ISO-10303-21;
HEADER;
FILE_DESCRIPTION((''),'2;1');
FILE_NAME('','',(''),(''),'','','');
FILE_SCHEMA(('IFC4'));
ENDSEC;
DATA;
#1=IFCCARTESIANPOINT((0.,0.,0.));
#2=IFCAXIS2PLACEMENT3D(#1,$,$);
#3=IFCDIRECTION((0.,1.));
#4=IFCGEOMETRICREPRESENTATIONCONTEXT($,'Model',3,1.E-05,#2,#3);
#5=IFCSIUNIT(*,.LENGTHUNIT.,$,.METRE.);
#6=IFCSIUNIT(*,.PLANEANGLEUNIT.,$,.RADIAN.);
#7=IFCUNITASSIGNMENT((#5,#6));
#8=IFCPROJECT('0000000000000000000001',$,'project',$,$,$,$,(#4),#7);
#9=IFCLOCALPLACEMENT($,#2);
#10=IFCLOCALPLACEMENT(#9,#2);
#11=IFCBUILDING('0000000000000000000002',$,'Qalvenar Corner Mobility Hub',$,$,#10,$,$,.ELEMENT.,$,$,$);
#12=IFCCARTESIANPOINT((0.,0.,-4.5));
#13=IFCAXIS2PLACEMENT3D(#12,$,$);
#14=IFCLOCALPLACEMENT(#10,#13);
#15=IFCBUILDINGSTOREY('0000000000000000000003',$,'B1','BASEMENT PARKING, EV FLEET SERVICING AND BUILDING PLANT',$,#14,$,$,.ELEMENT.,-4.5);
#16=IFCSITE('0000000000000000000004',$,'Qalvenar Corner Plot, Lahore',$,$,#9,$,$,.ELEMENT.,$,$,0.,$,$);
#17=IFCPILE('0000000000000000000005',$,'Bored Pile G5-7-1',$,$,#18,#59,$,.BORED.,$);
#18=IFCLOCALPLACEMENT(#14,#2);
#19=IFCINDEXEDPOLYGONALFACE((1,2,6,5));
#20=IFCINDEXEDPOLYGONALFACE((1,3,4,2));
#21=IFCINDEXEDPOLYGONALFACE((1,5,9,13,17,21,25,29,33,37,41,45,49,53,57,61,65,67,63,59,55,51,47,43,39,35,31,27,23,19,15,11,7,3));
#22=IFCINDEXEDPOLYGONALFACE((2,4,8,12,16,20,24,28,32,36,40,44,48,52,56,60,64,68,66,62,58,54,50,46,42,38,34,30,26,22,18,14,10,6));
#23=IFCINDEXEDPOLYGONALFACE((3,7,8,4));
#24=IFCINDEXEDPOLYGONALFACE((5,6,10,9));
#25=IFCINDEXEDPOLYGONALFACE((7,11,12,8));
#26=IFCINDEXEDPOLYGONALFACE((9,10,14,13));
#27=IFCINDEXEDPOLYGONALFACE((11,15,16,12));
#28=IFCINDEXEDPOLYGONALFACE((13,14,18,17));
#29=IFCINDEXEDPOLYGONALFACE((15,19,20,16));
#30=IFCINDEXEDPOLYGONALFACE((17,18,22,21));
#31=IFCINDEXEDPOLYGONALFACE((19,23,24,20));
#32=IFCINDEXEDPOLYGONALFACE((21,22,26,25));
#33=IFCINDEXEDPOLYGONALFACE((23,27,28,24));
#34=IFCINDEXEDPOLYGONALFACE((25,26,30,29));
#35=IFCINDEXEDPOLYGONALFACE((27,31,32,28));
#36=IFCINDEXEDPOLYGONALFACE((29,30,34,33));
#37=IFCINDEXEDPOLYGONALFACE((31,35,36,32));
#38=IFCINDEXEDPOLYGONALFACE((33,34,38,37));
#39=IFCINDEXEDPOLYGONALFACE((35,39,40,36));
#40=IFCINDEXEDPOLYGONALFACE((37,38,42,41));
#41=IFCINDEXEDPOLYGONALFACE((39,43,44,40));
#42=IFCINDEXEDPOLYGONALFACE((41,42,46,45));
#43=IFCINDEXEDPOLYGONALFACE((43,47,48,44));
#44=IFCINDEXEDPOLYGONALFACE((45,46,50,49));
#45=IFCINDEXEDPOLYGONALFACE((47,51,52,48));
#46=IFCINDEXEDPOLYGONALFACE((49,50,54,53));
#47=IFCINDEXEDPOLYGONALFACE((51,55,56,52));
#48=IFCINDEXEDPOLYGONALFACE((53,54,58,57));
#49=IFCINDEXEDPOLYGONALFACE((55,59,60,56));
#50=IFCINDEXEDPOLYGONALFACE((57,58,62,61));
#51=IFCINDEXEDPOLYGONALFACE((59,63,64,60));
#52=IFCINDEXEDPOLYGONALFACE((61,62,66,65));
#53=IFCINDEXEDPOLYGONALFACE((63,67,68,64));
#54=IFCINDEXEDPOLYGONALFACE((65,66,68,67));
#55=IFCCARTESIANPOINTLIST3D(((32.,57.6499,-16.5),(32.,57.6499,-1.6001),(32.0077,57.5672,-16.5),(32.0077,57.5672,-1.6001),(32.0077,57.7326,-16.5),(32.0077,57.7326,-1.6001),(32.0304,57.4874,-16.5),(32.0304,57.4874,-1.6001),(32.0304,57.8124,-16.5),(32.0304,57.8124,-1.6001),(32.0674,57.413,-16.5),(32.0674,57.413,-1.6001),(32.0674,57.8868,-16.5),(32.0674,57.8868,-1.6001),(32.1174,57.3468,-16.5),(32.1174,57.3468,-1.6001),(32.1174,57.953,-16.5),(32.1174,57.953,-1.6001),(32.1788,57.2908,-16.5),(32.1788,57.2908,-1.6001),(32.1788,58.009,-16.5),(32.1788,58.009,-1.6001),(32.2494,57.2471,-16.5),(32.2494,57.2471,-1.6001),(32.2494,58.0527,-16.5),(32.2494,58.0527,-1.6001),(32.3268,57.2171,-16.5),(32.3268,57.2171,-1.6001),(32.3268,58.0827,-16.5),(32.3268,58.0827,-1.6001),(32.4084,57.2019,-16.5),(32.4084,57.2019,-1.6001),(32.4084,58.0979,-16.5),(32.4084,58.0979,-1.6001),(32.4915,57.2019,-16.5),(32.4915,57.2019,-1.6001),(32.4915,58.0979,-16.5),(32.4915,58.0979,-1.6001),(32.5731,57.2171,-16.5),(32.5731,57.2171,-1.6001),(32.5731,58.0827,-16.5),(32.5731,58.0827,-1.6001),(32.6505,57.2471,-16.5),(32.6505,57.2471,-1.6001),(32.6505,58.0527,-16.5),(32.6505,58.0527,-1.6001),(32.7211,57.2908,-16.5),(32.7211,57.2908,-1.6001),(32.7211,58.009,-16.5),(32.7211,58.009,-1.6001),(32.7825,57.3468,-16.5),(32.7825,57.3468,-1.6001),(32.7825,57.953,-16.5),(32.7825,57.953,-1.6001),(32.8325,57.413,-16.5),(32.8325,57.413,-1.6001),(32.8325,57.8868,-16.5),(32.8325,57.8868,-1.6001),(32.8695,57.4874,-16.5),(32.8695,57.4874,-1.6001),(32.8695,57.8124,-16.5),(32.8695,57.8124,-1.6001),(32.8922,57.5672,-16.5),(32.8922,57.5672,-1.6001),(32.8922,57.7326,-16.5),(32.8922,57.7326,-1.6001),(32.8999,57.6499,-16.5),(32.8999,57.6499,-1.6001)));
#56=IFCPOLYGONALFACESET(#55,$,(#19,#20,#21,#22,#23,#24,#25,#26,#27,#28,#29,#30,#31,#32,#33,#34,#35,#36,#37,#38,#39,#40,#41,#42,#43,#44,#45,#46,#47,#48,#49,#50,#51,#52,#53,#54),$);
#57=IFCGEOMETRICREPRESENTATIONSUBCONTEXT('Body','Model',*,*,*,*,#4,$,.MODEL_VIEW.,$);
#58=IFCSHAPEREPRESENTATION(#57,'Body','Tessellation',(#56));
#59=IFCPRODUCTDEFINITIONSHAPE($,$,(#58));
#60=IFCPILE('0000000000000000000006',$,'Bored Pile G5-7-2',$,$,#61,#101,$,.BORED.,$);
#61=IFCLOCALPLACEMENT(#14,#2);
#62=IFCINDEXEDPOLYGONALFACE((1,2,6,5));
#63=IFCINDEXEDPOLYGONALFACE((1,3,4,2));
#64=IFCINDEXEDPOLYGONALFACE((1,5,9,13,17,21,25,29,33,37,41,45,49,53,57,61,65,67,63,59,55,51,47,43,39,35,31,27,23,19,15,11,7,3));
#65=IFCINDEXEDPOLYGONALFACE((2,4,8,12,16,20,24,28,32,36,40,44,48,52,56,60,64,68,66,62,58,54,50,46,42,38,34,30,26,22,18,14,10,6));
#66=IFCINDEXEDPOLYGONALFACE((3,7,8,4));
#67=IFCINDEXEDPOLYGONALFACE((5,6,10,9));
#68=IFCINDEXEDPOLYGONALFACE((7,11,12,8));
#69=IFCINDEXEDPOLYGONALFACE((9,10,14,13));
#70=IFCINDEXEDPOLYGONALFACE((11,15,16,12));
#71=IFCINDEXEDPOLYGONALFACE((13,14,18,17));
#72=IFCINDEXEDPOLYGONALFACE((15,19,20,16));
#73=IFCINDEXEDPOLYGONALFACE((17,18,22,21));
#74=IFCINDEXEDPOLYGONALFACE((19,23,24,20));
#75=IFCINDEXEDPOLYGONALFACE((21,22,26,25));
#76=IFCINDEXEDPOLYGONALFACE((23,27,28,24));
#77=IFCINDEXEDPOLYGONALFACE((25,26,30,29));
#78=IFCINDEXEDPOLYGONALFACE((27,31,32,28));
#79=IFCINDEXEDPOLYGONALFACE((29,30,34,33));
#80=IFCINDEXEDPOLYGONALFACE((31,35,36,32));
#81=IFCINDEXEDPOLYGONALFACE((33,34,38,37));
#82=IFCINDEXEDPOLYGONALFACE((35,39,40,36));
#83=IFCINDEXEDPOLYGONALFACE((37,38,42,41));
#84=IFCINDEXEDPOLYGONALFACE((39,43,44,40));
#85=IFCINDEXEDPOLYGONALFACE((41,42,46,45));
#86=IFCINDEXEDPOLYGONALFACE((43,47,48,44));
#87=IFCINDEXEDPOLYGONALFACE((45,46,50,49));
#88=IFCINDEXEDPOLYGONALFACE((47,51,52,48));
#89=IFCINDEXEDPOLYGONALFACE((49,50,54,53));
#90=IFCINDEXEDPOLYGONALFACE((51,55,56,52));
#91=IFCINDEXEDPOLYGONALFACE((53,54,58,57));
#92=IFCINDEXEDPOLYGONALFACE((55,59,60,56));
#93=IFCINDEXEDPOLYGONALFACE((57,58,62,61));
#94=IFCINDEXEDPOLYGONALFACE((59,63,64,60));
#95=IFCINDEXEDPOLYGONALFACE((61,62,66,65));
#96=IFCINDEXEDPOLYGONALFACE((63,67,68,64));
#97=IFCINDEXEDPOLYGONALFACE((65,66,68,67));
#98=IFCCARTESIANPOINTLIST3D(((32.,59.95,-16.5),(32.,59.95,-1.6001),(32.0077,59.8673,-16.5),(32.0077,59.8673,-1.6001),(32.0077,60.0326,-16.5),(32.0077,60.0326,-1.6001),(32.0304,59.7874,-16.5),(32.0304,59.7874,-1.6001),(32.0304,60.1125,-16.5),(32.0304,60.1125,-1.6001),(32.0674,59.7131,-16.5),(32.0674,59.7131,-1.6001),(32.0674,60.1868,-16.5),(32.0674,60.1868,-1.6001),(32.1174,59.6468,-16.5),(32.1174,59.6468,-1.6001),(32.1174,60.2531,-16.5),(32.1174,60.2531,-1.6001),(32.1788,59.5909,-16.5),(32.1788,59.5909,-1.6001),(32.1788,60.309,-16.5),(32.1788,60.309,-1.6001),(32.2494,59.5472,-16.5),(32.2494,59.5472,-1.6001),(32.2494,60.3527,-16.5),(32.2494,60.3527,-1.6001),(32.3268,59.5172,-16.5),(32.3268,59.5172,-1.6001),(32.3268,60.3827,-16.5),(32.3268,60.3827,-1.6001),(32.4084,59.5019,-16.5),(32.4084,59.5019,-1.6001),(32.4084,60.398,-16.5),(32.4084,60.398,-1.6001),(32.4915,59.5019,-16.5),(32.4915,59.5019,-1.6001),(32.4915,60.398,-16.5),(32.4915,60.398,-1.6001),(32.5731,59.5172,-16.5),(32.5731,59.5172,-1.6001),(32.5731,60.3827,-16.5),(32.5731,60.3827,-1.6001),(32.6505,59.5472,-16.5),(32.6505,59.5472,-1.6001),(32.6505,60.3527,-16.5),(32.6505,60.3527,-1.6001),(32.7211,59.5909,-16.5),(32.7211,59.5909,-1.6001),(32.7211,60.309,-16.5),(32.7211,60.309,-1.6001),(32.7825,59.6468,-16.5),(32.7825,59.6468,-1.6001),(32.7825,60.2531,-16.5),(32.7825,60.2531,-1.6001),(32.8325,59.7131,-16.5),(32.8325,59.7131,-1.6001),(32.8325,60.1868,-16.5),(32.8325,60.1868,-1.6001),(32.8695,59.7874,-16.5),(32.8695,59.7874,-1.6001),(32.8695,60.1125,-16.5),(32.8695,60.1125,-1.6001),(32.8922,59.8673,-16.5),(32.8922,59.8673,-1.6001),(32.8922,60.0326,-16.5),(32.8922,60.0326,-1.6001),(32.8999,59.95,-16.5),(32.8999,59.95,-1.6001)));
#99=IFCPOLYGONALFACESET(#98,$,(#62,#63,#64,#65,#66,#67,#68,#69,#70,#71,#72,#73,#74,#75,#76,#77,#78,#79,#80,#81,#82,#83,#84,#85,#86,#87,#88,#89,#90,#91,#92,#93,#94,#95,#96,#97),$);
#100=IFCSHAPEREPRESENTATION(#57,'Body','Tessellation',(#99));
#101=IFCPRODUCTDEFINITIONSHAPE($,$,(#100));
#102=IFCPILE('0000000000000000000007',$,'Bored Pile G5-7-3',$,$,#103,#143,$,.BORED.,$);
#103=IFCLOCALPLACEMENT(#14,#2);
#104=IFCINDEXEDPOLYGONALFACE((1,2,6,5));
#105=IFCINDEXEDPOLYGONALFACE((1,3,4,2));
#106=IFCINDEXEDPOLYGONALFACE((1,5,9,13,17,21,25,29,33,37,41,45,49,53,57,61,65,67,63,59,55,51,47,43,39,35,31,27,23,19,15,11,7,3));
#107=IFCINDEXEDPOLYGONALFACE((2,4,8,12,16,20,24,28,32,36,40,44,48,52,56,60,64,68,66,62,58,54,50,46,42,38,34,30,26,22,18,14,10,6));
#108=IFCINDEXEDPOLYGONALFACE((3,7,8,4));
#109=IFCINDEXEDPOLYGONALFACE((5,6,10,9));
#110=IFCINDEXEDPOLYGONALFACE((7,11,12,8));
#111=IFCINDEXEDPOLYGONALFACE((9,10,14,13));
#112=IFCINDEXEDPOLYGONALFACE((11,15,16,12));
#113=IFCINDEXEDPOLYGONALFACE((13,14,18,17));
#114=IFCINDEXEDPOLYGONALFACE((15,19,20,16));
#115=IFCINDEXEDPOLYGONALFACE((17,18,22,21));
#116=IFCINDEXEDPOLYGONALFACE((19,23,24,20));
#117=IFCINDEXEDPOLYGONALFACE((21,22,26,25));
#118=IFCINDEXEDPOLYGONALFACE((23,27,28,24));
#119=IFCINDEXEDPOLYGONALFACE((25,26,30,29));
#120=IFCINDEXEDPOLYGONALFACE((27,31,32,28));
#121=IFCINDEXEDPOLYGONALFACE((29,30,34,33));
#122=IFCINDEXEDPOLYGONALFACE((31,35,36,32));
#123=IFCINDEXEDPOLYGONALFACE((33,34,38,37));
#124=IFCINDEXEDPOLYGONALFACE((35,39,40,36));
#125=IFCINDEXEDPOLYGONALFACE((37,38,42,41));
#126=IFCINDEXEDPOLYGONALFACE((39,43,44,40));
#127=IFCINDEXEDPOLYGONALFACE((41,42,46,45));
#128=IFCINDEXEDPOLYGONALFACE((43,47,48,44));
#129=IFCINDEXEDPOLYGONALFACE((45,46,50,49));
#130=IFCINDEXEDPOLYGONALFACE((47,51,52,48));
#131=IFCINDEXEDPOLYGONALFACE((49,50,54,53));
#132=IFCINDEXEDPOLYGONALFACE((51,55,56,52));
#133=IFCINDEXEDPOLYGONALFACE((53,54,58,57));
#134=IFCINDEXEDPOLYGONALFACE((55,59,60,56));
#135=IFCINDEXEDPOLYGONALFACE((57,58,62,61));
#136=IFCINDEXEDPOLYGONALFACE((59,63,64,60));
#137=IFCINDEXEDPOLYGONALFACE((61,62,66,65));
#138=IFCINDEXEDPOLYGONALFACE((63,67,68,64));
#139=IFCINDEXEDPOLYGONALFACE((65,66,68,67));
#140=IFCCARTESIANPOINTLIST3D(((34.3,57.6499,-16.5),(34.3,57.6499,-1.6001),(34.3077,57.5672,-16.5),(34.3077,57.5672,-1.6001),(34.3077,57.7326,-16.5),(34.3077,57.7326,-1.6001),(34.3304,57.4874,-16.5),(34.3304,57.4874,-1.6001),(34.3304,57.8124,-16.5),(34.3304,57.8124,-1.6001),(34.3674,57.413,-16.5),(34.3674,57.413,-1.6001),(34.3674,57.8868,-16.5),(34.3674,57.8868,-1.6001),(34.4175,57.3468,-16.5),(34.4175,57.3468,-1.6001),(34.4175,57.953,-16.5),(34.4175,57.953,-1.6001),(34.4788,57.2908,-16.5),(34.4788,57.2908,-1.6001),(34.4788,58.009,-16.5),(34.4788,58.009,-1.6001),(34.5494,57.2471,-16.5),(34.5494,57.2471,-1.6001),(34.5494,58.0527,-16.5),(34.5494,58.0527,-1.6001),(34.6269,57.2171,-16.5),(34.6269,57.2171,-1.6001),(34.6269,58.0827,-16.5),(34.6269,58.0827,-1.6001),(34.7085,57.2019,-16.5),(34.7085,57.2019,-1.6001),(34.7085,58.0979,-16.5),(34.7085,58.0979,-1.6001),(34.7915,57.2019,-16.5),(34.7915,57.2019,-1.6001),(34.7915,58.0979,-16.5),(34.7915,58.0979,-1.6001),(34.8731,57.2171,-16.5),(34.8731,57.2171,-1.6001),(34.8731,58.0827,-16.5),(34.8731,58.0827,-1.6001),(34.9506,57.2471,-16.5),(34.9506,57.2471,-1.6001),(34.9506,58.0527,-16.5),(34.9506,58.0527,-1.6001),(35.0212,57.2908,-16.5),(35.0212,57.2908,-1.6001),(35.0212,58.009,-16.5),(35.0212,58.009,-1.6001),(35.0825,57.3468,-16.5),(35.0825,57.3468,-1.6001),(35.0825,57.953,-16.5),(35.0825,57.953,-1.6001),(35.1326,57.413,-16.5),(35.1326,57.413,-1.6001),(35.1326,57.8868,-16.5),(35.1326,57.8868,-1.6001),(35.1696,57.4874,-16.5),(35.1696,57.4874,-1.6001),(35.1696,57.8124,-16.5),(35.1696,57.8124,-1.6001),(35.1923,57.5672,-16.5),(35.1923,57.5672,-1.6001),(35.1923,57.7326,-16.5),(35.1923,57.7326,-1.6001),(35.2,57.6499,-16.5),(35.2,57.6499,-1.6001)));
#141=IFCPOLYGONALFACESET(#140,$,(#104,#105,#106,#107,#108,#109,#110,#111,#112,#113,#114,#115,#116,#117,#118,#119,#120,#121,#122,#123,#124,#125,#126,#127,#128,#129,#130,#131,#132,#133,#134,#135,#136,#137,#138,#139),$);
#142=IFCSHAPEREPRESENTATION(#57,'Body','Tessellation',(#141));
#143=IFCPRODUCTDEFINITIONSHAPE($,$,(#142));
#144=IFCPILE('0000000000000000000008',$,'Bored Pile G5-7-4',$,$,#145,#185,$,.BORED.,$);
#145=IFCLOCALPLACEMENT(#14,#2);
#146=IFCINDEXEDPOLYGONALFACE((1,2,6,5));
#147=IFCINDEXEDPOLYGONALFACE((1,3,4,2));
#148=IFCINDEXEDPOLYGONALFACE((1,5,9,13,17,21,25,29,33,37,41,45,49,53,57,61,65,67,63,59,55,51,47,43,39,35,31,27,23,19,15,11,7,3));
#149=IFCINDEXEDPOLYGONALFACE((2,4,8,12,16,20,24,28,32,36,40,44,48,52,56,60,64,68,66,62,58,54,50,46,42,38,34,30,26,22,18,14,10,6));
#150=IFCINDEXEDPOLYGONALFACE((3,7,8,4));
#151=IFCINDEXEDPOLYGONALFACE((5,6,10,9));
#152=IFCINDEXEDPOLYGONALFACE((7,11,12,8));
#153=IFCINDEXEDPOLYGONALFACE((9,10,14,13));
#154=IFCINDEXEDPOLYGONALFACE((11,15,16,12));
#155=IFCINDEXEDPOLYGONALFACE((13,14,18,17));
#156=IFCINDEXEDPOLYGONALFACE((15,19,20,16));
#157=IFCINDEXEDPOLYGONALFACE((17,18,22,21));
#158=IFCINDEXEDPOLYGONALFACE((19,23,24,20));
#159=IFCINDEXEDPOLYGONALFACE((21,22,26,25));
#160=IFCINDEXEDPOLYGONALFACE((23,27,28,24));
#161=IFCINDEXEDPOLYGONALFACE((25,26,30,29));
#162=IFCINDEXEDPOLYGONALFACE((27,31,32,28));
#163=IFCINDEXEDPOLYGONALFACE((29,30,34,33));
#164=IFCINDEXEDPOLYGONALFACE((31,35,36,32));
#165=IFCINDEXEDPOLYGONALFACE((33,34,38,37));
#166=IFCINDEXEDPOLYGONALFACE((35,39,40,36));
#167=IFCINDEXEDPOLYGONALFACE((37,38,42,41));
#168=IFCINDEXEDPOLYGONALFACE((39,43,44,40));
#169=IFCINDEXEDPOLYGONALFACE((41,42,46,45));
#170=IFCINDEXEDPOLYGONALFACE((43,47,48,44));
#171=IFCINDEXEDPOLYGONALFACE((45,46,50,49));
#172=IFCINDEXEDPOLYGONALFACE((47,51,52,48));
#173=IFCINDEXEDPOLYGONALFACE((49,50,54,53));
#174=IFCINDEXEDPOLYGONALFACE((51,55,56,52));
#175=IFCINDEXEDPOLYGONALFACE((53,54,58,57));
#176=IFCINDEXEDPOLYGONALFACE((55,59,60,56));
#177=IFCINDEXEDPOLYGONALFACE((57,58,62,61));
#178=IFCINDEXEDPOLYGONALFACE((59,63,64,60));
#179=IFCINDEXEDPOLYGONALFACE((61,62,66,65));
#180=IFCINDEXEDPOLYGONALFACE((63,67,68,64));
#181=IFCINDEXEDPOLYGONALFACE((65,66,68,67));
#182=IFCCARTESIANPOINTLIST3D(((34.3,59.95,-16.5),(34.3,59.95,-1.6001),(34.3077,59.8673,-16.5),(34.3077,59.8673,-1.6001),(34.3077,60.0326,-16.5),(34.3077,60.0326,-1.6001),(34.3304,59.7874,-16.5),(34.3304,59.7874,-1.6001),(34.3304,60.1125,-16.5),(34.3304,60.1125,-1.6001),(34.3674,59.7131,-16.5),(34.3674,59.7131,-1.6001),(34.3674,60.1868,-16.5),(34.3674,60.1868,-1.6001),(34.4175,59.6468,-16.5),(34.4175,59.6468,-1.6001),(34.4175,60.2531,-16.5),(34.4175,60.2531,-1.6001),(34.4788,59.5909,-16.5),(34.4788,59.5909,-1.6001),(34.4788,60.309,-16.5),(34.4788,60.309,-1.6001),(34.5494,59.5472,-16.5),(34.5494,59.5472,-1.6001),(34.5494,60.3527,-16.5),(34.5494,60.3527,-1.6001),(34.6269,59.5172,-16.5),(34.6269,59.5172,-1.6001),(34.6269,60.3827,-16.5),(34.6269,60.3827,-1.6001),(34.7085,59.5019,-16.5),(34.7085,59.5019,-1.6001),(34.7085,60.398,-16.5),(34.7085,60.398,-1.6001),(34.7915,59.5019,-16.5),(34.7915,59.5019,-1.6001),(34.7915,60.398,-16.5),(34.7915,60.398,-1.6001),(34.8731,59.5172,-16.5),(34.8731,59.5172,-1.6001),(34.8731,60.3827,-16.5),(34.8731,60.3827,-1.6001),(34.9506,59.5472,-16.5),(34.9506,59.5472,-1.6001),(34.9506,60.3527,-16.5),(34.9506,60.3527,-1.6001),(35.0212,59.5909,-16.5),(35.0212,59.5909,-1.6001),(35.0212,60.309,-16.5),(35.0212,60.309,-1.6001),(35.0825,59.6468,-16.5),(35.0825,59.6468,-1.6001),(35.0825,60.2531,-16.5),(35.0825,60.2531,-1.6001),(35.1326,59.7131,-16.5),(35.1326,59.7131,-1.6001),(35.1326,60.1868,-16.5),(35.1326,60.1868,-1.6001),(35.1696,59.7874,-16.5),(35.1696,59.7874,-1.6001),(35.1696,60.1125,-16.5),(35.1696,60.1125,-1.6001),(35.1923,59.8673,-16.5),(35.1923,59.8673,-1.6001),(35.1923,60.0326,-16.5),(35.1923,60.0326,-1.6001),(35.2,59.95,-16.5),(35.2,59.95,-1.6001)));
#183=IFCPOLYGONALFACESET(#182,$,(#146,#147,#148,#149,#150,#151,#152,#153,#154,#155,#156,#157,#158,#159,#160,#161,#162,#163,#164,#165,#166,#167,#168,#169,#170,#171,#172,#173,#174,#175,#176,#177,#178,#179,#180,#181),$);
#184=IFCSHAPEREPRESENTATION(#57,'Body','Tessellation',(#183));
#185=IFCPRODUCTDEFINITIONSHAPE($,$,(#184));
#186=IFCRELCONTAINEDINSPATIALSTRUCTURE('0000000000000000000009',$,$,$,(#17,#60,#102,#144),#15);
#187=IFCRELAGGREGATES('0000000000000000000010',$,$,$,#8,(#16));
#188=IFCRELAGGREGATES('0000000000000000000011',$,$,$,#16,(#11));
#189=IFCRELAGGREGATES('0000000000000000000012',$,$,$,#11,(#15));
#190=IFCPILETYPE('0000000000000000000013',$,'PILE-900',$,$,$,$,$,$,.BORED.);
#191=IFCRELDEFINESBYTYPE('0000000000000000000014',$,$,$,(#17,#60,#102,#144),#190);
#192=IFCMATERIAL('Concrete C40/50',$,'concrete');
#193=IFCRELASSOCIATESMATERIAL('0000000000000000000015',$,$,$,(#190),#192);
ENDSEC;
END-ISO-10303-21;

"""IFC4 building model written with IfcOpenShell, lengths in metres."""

from ifc_helpers import new_model, si_unit, direction, frame, origin, origin_2d, place, context, subcontext, project, spatial, circle, extrude, material, material_profile, profile_set, type_object, element, save


model = new_model("IFC4")

# Units and contexts
model_context = context("Model", 3, precision=1e-05, world=origin(), true_north=direction((0.0, 1.0)))
body_context = subcontext(model_context, "Body", "Model", "MODEL_VIEW")
ifc_project = project(units=[si_unit("LENGTHUNIT", "METRE"), si_unit("PLANEANGLEUNIT", "RADIAN")], contexts=[model_context])

# Site, building, storey
site_placement = place(None, origin())
site = spatial("IfcSite", under=ifc_project, at=site_placement, Name="Qalvenar Corner Plot, Lahore", CompositionType="ELEMENT", RefElevation=0.0)
building_placement = place(site_placement, origin())
building = spatial("IfcBuilding", under=site, at=building_placement, Name="Qalvenar Corner Mobility Hub", CompositionType="ELEMENT")
storey_placement = place(building_placement, frame((0.0, 0.0, -4.5)))
storey = spatial("IfcBuildingStorey", under=building, at=storey_placement, Name="B1", Description="BASEMENT PARKING, EV FLEET SERVICING AND BUILDING PLANT", CompositionType="ELEMENT", Elevation=-4.5)

# Shared definitions
ifc_material_1 = material(Name="Concrete C40/50", Category="concrete")

# Piles
ifc_material_profile_1 = material_profile(ifc_material_1, circle(Radius=0.45, at=origin_2d()), Name="DIA900")
ifc_profile_set_1 = profile_set([ifc_material_profile_1], Name="Concrete C40/50")
pile_type_1 = type_object("IfcPileType", Name="PILE-900", PredefinedType="BORED", material=ifc_profile_set_1)
for number, where, z_axis, x_axis, name in (
    (1, (32.45, 57.6499, -1.6001), (0.0, 0.0, -1.0), (1.0, 0.0, 0.0), "Bored Pile G5-7-1"),
    (2, (32.45, 59.95, -1.6001), (0.0, 0.0, -1.0), (1.0, 0.0, 0.0), "Bored Pile G5-7-2"),
    (3, (34.75, 57.6499, -1.6001), (0.0, 0.0, -1.0), (1.0, 0.0, 0.0), "Bored Pile G5-7-3"),
    (4, (34.75, 59.95, -1.6001), (0.0, 0.0, -1.0), (1.0, 0.0, 0.0), "Bored Pile G5-7-4"),
):
    element("IfcPile", number, at=place(storey_placement, frame(where, z_axis=z_axis, x_axis=x_axis)), inside=storey, type_object=pile_type_1, Name=name, PredefinedType="BORED", context=body_context, shape_type="SweptSolid", body=[
        extrude(circle(Radius=0.45, at=origin_2d()), origin(), (0.0, 0.0, 1.0), 14.8999),
    ])

save(model, "model.ifc")
